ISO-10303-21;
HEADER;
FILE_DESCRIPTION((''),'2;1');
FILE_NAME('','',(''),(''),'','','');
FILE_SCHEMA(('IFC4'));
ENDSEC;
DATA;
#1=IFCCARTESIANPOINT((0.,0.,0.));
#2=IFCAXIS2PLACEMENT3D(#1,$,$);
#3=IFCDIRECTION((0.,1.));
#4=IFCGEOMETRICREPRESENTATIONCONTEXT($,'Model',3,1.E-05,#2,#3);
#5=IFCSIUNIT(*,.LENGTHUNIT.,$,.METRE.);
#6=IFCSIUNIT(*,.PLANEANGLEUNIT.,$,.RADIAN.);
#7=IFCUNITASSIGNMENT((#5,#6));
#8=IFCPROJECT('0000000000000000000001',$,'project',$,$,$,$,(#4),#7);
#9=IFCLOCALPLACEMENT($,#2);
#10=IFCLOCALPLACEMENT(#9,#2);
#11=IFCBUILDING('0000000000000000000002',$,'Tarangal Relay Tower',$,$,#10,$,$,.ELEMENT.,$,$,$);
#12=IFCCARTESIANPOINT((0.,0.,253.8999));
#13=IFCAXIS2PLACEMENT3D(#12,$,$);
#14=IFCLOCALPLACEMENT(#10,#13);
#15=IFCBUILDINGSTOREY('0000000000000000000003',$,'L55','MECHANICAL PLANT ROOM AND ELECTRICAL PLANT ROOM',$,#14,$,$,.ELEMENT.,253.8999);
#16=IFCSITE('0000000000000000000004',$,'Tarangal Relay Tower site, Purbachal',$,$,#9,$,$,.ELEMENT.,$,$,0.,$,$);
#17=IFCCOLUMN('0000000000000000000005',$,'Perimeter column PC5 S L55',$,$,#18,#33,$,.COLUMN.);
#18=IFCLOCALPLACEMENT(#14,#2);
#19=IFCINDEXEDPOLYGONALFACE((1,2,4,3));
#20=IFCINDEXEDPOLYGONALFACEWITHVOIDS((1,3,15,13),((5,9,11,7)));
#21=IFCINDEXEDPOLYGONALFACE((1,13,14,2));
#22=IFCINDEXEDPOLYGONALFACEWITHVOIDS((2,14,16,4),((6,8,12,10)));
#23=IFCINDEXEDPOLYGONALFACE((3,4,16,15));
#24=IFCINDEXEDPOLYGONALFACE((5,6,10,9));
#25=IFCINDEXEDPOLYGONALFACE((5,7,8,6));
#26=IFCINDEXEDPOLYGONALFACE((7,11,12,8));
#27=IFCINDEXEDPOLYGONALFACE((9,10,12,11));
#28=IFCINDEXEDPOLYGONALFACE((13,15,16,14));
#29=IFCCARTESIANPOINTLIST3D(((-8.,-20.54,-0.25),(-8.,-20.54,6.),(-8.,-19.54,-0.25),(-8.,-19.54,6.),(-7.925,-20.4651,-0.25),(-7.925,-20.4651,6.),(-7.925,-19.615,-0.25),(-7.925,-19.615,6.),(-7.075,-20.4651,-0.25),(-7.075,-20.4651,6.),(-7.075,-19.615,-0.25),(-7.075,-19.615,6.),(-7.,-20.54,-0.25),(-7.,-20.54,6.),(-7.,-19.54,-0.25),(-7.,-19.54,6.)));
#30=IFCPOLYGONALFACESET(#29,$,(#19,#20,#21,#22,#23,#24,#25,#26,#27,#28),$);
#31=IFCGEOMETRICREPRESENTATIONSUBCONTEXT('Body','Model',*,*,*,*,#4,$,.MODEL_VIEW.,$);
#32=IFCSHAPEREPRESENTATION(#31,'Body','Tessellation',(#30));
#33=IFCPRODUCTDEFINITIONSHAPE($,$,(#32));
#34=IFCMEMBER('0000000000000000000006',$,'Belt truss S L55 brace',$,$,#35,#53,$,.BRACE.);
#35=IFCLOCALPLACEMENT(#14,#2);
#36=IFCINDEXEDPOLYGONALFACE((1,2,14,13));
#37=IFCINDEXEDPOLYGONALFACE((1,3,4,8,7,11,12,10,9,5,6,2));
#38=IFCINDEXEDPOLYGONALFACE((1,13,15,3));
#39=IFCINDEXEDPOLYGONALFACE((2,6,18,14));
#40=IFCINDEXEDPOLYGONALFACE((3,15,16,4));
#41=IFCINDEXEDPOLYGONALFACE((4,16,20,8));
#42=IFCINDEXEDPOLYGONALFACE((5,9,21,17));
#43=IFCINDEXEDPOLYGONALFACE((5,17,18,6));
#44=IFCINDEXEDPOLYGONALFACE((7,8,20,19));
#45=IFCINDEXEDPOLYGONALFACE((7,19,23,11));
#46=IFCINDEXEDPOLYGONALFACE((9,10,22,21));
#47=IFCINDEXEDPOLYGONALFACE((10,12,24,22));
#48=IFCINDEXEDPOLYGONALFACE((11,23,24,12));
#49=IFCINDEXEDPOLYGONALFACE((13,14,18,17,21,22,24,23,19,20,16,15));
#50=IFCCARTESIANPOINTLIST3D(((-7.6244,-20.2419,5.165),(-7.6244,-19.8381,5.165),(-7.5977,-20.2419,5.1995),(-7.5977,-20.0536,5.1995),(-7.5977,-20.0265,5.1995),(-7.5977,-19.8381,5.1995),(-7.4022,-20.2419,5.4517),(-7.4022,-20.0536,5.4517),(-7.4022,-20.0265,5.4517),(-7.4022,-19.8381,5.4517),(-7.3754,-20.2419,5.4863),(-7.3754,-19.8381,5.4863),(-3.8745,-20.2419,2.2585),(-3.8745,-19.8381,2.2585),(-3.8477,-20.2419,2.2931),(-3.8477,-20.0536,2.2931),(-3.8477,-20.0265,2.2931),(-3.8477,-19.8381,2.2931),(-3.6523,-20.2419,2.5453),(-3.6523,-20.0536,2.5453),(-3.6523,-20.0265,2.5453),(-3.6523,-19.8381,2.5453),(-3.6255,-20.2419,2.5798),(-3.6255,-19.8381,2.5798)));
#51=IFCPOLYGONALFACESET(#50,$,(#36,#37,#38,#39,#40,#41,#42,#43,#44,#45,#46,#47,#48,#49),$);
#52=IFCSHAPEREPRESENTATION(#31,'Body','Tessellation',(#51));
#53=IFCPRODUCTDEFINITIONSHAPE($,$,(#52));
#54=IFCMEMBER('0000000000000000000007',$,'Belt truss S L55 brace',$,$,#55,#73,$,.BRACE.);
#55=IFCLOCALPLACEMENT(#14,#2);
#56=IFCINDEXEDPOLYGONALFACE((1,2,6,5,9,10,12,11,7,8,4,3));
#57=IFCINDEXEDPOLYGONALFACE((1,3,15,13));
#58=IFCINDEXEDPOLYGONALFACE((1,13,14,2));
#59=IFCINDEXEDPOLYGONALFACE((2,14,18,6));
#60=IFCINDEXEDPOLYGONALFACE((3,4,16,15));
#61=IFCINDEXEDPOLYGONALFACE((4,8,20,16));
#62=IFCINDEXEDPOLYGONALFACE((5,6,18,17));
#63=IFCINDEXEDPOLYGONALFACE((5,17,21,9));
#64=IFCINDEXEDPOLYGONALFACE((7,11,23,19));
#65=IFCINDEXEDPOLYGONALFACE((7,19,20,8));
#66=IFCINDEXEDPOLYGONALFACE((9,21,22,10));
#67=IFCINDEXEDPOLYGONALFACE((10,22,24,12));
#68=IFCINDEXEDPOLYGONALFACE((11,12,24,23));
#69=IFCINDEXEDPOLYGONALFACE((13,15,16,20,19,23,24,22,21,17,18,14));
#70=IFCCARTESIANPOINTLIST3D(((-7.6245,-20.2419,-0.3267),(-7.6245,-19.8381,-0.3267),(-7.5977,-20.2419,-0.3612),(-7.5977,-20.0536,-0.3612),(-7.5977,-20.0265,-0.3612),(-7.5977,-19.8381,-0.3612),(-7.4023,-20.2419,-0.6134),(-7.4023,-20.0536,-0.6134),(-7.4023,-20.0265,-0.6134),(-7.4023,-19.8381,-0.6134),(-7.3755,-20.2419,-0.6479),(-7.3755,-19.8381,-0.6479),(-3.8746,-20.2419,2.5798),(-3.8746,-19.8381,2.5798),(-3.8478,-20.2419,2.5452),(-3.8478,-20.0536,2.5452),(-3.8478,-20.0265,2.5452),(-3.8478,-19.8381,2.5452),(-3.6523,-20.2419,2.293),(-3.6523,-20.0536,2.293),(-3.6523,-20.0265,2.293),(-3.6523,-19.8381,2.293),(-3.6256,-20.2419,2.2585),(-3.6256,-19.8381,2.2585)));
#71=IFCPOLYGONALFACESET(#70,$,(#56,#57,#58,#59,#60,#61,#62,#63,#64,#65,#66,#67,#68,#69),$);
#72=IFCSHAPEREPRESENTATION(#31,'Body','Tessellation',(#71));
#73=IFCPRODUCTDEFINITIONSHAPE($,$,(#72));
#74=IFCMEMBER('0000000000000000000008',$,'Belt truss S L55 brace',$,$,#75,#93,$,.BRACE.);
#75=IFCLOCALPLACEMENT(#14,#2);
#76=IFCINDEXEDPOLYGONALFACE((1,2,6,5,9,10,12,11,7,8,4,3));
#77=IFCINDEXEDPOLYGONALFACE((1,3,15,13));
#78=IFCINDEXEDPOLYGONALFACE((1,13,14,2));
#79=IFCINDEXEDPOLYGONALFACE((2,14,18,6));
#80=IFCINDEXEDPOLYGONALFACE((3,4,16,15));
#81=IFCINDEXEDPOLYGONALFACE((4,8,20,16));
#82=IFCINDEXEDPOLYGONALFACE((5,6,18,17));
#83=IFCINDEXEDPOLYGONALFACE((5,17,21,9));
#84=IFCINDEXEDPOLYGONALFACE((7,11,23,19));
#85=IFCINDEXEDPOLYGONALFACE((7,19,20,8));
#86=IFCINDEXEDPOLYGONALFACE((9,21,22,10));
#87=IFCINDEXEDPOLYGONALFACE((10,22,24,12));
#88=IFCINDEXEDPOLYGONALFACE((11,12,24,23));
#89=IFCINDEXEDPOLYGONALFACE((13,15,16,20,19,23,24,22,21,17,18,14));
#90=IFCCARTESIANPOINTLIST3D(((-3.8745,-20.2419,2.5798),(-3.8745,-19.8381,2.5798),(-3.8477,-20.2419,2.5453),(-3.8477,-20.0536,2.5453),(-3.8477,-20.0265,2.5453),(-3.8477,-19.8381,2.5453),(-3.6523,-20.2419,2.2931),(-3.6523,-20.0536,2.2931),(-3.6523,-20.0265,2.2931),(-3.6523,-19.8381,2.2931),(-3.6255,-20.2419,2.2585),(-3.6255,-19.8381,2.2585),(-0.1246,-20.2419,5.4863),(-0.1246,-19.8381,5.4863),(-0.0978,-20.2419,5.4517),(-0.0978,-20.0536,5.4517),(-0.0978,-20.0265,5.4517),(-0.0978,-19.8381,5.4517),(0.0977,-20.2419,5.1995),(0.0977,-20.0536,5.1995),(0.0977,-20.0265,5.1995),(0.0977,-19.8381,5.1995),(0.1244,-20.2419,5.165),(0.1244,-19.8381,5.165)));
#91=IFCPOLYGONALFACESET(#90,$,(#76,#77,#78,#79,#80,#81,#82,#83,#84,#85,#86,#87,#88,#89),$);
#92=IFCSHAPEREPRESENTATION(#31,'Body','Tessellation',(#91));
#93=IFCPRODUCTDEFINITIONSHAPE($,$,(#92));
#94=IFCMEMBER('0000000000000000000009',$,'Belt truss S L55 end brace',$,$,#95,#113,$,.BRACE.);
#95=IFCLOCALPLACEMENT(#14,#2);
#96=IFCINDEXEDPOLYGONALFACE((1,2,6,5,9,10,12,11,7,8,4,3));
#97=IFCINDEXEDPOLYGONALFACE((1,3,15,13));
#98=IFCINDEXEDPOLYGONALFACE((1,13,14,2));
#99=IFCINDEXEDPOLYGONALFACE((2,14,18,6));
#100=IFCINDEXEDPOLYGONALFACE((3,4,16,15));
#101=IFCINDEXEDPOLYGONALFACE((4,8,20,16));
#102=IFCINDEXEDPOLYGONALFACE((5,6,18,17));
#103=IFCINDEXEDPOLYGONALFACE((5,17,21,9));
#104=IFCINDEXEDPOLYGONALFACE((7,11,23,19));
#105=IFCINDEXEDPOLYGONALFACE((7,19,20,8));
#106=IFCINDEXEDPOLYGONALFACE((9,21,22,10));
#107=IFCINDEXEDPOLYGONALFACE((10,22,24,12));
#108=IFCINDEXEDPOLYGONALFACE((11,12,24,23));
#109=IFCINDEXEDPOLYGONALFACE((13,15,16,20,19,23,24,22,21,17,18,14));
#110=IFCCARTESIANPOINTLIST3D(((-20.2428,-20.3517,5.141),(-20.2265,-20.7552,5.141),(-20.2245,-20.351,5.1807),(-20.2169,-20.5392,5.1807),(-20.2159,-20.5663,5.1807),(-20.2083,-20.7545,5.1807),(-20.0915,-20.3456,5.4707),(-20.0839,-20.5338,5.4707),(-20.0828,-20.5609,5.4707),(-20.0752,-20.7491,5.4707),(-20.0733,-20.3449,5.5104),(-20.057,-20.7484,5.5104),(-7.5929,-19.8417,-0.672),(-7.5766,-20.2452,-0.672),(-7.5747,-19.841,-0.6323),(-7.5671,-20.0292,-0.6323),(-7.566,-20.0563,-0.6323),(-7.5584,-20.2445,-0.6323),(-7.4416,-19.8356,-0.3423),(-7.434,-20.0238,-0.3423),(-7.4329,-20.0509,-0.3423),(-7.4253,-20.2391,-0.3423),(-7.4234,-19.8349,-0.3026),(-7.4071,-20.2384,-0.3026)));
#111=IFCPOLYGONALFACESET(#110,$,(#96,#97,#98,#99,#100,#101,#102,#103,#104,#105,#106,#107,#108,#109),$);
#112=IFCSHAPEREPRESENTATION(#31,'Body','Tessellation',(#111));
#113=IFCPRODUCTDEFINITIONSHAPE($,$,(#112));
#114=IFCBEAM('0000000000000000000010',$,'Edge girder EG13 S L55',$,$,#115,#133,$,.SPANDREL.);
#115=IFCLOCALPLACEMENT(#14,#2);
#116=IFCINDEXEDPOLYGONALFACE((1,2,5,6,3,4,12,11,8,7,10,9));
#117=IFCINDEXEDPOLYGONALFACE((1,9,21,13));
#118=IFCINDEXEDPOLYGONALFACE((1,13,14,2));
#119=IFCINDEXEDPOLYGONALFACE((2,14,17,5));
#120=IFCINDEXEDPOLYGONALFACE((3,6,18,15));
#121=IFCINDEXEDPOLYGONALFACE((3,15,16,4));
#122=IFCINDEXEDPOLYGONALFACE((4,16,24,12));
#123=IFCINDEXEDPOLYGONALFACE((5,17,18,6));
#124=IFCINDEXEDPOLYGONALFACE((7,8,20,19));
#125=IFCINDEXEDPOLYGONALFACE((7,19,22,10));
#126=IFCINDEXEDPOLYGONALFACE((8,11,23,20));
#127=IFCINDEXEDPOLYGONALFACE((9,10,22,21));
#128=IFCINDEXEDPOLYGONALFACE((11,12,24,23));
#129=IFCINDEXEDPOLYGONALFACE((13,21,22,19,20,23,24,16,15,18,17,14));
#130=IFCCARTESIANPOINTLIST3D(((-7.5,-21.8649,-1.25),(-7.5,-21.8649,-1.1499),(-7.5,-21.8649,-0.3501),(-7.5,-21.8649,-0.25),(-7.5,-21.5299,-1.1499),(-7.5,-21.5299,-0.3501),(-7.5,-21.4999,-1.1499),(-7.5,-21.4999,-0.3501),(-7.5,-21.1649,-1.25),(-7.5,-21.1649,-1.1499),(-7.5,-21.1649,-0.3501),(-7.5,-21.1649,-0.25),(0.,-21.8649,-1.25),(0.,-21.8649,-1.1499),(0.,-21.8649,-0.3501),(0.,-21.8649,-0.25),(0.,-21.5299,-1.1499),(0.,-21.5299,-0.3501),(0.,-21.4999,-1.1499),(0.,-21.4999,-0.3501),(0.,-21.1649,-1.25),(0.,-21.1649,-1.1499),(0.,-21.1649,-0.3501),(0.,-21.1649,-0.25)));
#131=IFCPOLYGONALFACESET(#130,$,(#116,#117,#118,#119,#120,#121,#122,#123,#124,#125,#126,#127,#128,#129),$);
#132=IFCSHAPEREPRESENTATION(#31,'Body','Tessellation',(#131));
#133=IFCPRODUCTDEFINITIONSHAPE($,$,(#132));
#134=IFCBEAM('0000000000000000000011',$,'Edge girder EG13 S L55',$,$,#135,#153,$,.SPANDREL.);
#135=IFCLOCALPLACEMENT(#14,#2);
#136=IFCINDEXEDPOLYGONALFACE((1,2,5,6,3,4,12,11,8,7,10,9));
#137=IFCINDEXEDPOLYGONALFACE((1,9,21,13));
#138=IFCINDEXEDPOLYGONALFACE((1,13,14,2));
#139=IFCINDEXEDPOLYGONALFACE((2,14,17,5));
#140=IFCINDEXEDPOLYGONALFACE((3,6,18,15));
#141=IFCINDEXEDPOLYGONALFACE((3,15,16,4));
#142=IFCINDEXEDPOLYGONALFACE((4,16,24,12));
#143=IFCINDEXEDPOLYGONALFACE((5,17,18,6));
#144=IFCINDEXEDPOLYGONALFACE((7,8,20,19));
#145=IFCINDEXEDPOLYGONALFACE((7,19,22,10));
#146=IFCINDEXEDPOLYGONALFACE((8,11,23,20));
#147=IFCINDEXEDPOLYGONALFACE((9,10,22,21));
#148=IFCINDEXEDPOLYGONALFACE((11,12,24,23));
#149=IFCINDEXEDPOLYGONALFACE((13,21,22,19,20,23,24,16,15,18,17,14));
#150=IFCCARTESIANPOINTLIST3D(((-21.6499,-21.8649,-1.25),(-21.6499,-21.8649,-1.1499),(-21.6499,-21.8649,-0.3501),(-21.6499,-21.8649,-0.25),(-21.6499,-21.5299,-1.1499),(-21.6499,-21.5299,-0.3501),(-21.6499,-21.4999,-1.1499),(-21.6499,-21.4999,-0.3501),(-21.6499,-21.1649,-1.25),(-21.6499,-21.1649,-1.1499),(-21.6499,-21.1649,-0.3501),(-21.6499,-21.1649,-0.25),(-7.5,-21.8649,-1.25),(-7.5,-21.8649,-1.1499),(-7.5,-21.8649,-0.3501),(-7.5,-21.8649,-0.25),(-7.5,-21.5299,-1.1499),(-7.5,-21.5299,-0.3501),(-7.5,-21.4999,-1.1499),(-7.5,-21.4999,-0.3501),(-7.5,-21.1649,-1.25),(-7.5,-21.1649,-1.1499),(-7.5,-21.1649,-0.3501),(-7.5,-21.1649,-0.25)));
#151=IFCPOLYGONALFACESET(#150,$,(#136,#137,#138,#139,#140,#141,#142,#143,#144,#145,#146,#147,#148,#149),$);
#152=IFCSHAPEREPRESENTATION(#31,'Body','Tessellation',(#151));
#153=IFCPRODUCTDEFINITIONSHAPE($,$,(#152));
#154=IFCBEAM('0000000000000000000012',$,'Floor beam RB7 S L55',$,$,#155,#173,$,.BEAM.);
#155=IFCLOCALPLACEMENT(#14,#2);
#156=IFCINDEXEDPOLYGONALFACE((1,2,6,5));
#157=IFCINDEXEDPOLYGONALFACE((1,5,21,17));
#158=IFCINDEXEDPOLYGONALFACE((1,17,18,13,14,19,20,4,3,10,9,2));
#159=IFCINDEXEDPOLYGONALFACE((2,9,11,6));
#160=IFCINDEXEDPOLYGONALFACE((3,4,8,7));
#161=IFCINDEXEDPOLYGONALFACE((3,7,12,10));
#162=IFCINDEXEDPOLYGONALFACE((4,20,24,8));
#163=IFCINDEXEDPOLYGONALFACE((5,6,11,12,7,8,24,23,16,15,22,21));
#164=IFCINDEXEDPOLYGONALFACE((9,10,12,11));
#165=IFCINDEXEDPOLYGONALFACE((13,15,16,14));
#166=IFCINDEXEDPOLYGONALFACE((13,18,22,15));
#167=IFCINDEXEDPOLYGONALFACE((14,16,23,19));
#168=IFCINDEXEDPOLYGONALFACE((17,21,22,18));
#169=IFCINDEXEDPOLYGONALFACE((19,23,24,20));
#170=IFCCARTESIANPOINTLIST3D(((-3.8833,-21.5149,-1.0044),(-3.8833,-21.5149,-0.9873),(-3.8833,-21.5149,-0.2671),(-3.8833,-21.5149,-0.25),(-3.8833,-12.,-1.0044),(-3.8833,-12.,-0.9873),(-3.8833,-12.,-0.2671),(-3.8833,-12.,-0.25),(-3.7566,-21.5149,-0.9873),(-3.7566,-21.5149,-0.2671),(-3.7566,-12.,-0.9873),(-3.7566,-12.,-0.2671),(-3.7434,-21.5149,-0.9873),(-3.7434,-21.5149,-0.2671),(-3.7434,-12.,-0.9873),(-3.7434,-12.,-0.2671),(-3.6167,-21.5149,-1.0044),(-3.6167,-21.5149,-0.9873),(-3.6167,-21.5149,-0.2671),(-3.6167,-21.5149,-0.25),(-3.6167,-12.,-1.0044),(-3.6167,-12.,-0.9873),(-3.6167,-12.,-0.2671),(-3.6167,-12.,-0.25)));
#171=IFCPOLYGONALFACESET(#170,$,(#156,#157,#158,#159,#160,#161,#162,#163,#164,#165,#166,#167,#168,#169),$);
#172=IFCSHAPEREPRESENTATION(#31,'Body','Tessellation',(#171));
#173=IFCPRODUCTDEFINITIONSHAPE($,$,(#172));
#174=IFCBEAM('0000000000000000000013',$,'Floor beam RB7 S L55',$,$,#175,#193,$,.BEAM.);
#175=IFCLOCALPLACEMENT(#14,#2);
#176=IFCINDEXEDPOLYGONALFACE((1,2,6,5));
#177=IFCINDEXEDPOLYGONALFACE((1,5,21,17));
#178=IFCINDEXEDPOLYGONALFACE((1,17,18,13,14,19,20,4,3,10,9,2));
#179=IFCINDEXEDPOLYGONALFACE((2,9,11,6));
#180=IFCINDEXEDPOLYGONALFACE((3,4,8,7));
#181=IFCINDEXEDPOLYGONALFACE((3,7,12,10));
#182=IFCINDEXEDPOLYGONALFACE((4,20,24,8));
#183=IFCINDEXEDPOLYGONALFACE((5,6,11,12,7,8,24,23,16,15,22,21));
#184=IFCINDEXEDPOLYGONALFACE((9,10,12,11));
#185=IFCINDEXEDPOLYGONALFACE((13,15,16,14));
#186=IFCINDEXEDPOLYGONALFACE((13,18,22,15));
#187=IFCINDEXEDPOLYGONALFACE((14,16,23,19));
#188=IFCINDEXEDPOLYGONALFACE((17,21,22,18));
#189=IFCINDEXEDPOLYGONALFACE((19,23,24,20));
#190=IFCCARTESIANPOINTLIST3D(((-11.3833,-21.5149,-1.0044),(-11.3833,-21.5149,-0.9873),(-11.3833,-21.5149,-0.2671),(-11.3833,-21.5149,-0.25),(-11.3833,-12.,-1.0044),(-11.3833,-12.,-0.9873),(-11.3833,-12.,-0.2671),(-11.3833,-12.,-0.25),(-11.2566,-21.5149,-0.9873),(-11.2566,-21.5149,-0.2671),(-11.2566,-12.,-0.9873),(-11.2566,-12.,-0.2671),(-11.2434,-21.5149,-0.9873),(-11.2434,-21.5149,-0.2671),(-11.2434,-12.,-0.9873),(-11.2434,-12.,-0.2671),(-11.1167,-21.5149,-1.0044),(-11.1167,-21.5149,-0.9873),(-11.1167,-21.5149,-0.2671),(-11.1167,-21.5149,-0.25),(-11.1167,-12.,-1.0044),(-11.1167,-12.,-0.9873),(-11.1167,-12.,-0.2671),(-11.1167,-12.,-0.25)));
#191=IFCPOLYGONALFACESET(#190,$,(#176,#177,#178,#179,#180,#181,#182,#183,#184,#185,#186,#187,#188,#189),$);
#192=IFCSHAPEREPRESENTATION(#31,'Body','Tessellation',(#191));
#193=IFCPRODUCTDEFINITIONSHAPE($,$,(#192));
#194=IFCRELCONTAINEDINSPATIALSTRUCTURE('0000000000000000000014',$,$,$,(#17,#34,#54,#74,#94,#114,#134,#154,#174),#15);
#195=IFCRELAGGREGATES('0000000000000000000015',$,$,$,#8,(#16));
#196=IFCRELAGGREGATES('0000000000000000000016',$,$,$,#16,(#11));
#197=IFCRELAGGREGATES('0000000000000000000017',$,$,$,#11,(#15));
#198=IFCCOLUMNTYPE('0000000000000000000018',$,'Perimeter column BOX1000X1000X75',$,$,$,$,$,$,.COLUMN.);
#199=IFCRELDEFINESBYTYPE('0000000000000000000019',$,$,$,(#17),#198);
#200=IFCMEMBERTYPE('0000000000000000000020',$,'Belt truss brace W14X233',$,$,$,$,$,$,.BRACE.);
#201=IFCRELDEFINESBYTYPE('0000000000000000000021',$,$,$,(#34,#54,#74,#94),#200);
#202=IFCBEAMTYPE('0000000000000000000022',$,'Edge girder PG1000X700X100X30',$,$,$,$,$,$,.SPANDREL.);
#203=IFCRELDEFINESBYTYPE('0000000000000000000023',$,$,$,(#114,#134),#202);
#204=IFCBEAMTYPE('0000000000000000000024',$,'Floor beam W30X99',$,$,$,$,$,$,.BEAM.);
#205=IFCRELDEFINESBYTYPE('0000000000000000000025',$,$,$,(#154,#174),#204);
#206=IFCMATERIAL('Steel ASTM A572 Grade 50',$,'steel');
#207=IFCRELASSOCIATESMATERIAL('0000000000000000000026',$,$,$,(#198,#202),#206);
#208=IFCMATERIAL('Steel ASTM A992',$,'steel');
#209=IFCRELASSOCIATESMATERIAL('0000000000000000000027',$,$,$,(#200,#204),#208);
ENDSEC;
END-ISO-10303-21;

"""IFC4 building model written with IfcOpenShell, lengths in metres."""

from ifc_helpers import new_model, si_unit, direction, frame, origin, origin_2d, place, context, subcontext, project, spatial, hollow_rectangle, i_section, extrude, material, material_profile, profile_set, type_object, element, save


model = new_model("IFC4")

# Units and contexts
model_context = context("Model", 3, precision=1e-05, world=origin(), true_north=direction((0.0, 1.0)))
body_context = subcontext(model_context, "Body", "Model", "MODEL_VIEW")
ifc_project = project(units=[si_unit("LENGTHUNIT", "METRE"), si_unit("PLANEANGLEUNIT", "RADIAN")], contexts=[model_context])

# Site, building, storey
site_placement = place(None, origin())
site = spatial("IfcSite", under=ifc_project, at=site_placement, Name="Tarangal Relay Tower site, Purbachal", CompositionType="ELEMENT", RefElevation=0.0)
building_placement = place(site_placement, origin())
building = spatial("IfcBuilding", under=site, at=building_placement, Name="Tarangal Relay Tower", CompositionType="ELEMENT")
storey_placement = place(building_placement, frame((0.0, 0.0, 253.8999)))
storey = spatial("IfcBuildingStorey", under=building, at=storey_placement, Name="L55", Description="MECHANICAL PLANT ROOM AND ELECTRICAL PLANT ROOM", CompositionType="ELEMENT", Elevation=253.8999)

# Column
ifc_material_1 = material(Name="Steel ASTM A572 Grade 50", Category="steel")
ifc_material_profile_1 = material_profile(ifc_material_1, hollow_rectangle(XDim=1.0, YDim=1.0, WallThickness=0.075, at=origin_2d()), Name="BOX1000X1000X75")
ifc_profile_set_1 = profile_set([ifc_material_profile_1], Name="Steel ASTM A572 Grade 50")
column_type = type_object("IfcColumnType", Name="Perimeter column BOX1000X1000X75", PredefinedType="COLUMN", material=ifc_profile_set_1)
column_placement = place(storey_placement, frame((-7.5, -20.04, -0.25), z_axis=(0.0, 0.0, 1.0), x_axis=(1.0, 0.0, 0.0)))
element("IfcColumn", 1, at=column_placement, inside=storey, type_object=column_type, Name="Perimeter column PC5 S L55", PredefinedType="COLUMN", context=body_context, shape_type="SweptSolid", body=[
    extrude(hollow_rectangle(XDim=1.0, YDim=1.0, WallThickness=0.075, at=origin_2d()), origin(), (0.0, 0.0, 1.0), 6.25),
])

# Members
ifc_material_2 = material(Name="Steel ASTM A992", Category="steel")
ifc_material_profile_2 = material_profile(ifc_material_2, i_section(OverallWidth=0.4038, OverallDepth=0.4065, WebThickness=0.0271, FlangeThickness=0.0437, at=origin_2d()), Name="W14X233")
ifc_profile_set_2 = profile_set([ifc_material_profile_2], Name="Steel ASTM A992")
member_type_1 = type_object("IfcMemberType", Name="Belt truss brace W14X233", PredefinedType="BRACE", material=ifc_profile_set_2)
for number, where, z_axis, x_axis, name in (
    (2, (-3.75, -20.04, 2.4192), (-0.79039, 0.0, 0.612604), (0.0, -1.0, 0.0), "Belt truss S L55 brace"),
    (3, (-7.5, -20.04, -0.4873), (0.79039, 0.0, 0.612604), (0.0, 1.0, 0.0), "Belt truss S L55 brace"),
    (4, (-3.75, -20.04, 2.4192), (0.79039, 0.0, 0.612604), (0.0, 1.0, 0.0), "Belt truss S L55 brace"),
):
    element("IfcMember", number, at=place(storey_placement, frame(where, z_axis=z_axis, x_axis=x_axis)), inside=storey, type_object=member_type_1, Name=name, PredefinedType="BRACE", context=body_context, shape_type="SweptSolid", body=[
        extrude(i_section(OverallWidth=0.4038, OverallDepth=0.4065, WebThickness=0.0271, FlangeThickness=0.0437, at=origin_2d()), origin(), (0.0, 0.0, 1.0), 4.7444),
    ])
member_1_placement = place(storey_placement, frame((-7.5, -20.04, -0.4873), z_axis=(-0.908044, -0.03661, 0.417272), x_axis=(0.040285, -0.999188, 0.0)))
element("IfcMember", 5, at=member_1_placement, inside=storey, type_object=member_type_1, Name="Belt truss S L55 end brace", PredefinedType="BRACE", context=body_context, shape_type="SweptSolid", body=[
    extrude(i_section(OverallWidth=0.4038, OverallDepth=0.4065, WebThickness=0.0271, FlangeThickness=0.0437, at=origin_2d()), origin(), (0.0, 0.0, 1.0), 13.9309),
])

# Beams
ifc_material_profile_3 = material_profile(ifc_material_1, i_section(OverallWidth=0.7, OverallDepth=1.0, WebThickness=0.03, FlangeThickness=0.1001, at=origin_2d()), Name="PG1000X700X100X30")
ifc_profile_set_3 = profile_set([ifc_material_profile_3], Name="Steel ASTM A572 Grade 50")
beam_type_1 = type_object("IfcBeamType", Name="Edge girder PG1000X700X100X30", PredefinedType="SPANDREL", material=ifc_profile_set_3)
beam_1_placement = place(storey_placement, frame((0.0, -21.5149, -0.75), z_axis=(-1.0, 0.0, 0.0), x_axis=(0.0, -1.0, 0.0)))
element("IfcBeam", 6, at=beam_1_placement, inside=storey, type_object=beam_type_1, Name="Edge girder EG13 S L55", PredefinedType="SPANDREL", context=body_context, shape_type="SweptSolid", body=[
    extrude(i_section(OverallWidth=0.7, OverallDepth=1.0, WebThickness=0.03, FlangeThickness=0.1001, at=origin_2d()), origin(), (0.0, 0.0, 1.0), 7.5),
])
beam_2_placement = place(storey_placement, frame((-7.5, -21.5149, -0.75), z_axis=(-1.0, 0.0, 0.0), x_axis=(0.0, -1.0, 0.0)))
element("IfcBeam", 7, at=beam_2_placement, inside=storey, type_object=beam_type_1, Name="Edge girder EG13 S L55", PredefinedType="SPANDREL", context=body_context, shape_type="SweptSolid", body=[
    extrude(i_section(OverallWidth=0.7, OverallDepth=1.0, WebThickness=0.03, FlangeThickness=0.1001, at=origin_2d()), origin(), (0.0, 0.0, 1.0), 14.1499),
])
ifc_material_profile_4 = material_profile(ifc_material_2, i_section(OverallWidth=0.2666, OverallDepth=0.7544, WebThickness=0.0132, FlangeThickness=0.0171, at=origin_2d()), Name="W30X99")
ifc_profile_set_4 = profile_set([ifc_material_profile_4], Name="Steel ASTM A992")
beam_type_2 = type_object("IfcBeamType", Name="Floor beam W30X99", PredefinedType="BEAM", material=ifc_profile_set_4)
for number, where, z_axis, x_axis, name in (
    (8, (-3.75, -12.0, -0.6272), (0.0, -1.0, 0.0), (1.0, 0.0, 0.0), "Floor beam RB7 S L55"),
    (9, (-11.25, -12.0, -0.6272), (0.0, -1.0, 0.0), (1.0, 0.0, 0.0), "Floor beam RB7 S L55"),
):
    element("IfcBeam", number, at=place(storey_placement, frame(where, z_axis=z_axis, x_axis=x_axis)), inside=storey, type_object=beam_type_2, Name=name, PredefinedType="BEAM", context=body_context, shape_type="SweptSolid", body=[
        extrude(i_section(OverallWidth=0.2666, OverallDepth=0.7544, WebThickness=0.0132, FlangeThickness=0.0171, at=origin_2d()), origin(), (0.0, 0.0, 1.0), 9.5149),
    ])

save(model, "model.ifc")
